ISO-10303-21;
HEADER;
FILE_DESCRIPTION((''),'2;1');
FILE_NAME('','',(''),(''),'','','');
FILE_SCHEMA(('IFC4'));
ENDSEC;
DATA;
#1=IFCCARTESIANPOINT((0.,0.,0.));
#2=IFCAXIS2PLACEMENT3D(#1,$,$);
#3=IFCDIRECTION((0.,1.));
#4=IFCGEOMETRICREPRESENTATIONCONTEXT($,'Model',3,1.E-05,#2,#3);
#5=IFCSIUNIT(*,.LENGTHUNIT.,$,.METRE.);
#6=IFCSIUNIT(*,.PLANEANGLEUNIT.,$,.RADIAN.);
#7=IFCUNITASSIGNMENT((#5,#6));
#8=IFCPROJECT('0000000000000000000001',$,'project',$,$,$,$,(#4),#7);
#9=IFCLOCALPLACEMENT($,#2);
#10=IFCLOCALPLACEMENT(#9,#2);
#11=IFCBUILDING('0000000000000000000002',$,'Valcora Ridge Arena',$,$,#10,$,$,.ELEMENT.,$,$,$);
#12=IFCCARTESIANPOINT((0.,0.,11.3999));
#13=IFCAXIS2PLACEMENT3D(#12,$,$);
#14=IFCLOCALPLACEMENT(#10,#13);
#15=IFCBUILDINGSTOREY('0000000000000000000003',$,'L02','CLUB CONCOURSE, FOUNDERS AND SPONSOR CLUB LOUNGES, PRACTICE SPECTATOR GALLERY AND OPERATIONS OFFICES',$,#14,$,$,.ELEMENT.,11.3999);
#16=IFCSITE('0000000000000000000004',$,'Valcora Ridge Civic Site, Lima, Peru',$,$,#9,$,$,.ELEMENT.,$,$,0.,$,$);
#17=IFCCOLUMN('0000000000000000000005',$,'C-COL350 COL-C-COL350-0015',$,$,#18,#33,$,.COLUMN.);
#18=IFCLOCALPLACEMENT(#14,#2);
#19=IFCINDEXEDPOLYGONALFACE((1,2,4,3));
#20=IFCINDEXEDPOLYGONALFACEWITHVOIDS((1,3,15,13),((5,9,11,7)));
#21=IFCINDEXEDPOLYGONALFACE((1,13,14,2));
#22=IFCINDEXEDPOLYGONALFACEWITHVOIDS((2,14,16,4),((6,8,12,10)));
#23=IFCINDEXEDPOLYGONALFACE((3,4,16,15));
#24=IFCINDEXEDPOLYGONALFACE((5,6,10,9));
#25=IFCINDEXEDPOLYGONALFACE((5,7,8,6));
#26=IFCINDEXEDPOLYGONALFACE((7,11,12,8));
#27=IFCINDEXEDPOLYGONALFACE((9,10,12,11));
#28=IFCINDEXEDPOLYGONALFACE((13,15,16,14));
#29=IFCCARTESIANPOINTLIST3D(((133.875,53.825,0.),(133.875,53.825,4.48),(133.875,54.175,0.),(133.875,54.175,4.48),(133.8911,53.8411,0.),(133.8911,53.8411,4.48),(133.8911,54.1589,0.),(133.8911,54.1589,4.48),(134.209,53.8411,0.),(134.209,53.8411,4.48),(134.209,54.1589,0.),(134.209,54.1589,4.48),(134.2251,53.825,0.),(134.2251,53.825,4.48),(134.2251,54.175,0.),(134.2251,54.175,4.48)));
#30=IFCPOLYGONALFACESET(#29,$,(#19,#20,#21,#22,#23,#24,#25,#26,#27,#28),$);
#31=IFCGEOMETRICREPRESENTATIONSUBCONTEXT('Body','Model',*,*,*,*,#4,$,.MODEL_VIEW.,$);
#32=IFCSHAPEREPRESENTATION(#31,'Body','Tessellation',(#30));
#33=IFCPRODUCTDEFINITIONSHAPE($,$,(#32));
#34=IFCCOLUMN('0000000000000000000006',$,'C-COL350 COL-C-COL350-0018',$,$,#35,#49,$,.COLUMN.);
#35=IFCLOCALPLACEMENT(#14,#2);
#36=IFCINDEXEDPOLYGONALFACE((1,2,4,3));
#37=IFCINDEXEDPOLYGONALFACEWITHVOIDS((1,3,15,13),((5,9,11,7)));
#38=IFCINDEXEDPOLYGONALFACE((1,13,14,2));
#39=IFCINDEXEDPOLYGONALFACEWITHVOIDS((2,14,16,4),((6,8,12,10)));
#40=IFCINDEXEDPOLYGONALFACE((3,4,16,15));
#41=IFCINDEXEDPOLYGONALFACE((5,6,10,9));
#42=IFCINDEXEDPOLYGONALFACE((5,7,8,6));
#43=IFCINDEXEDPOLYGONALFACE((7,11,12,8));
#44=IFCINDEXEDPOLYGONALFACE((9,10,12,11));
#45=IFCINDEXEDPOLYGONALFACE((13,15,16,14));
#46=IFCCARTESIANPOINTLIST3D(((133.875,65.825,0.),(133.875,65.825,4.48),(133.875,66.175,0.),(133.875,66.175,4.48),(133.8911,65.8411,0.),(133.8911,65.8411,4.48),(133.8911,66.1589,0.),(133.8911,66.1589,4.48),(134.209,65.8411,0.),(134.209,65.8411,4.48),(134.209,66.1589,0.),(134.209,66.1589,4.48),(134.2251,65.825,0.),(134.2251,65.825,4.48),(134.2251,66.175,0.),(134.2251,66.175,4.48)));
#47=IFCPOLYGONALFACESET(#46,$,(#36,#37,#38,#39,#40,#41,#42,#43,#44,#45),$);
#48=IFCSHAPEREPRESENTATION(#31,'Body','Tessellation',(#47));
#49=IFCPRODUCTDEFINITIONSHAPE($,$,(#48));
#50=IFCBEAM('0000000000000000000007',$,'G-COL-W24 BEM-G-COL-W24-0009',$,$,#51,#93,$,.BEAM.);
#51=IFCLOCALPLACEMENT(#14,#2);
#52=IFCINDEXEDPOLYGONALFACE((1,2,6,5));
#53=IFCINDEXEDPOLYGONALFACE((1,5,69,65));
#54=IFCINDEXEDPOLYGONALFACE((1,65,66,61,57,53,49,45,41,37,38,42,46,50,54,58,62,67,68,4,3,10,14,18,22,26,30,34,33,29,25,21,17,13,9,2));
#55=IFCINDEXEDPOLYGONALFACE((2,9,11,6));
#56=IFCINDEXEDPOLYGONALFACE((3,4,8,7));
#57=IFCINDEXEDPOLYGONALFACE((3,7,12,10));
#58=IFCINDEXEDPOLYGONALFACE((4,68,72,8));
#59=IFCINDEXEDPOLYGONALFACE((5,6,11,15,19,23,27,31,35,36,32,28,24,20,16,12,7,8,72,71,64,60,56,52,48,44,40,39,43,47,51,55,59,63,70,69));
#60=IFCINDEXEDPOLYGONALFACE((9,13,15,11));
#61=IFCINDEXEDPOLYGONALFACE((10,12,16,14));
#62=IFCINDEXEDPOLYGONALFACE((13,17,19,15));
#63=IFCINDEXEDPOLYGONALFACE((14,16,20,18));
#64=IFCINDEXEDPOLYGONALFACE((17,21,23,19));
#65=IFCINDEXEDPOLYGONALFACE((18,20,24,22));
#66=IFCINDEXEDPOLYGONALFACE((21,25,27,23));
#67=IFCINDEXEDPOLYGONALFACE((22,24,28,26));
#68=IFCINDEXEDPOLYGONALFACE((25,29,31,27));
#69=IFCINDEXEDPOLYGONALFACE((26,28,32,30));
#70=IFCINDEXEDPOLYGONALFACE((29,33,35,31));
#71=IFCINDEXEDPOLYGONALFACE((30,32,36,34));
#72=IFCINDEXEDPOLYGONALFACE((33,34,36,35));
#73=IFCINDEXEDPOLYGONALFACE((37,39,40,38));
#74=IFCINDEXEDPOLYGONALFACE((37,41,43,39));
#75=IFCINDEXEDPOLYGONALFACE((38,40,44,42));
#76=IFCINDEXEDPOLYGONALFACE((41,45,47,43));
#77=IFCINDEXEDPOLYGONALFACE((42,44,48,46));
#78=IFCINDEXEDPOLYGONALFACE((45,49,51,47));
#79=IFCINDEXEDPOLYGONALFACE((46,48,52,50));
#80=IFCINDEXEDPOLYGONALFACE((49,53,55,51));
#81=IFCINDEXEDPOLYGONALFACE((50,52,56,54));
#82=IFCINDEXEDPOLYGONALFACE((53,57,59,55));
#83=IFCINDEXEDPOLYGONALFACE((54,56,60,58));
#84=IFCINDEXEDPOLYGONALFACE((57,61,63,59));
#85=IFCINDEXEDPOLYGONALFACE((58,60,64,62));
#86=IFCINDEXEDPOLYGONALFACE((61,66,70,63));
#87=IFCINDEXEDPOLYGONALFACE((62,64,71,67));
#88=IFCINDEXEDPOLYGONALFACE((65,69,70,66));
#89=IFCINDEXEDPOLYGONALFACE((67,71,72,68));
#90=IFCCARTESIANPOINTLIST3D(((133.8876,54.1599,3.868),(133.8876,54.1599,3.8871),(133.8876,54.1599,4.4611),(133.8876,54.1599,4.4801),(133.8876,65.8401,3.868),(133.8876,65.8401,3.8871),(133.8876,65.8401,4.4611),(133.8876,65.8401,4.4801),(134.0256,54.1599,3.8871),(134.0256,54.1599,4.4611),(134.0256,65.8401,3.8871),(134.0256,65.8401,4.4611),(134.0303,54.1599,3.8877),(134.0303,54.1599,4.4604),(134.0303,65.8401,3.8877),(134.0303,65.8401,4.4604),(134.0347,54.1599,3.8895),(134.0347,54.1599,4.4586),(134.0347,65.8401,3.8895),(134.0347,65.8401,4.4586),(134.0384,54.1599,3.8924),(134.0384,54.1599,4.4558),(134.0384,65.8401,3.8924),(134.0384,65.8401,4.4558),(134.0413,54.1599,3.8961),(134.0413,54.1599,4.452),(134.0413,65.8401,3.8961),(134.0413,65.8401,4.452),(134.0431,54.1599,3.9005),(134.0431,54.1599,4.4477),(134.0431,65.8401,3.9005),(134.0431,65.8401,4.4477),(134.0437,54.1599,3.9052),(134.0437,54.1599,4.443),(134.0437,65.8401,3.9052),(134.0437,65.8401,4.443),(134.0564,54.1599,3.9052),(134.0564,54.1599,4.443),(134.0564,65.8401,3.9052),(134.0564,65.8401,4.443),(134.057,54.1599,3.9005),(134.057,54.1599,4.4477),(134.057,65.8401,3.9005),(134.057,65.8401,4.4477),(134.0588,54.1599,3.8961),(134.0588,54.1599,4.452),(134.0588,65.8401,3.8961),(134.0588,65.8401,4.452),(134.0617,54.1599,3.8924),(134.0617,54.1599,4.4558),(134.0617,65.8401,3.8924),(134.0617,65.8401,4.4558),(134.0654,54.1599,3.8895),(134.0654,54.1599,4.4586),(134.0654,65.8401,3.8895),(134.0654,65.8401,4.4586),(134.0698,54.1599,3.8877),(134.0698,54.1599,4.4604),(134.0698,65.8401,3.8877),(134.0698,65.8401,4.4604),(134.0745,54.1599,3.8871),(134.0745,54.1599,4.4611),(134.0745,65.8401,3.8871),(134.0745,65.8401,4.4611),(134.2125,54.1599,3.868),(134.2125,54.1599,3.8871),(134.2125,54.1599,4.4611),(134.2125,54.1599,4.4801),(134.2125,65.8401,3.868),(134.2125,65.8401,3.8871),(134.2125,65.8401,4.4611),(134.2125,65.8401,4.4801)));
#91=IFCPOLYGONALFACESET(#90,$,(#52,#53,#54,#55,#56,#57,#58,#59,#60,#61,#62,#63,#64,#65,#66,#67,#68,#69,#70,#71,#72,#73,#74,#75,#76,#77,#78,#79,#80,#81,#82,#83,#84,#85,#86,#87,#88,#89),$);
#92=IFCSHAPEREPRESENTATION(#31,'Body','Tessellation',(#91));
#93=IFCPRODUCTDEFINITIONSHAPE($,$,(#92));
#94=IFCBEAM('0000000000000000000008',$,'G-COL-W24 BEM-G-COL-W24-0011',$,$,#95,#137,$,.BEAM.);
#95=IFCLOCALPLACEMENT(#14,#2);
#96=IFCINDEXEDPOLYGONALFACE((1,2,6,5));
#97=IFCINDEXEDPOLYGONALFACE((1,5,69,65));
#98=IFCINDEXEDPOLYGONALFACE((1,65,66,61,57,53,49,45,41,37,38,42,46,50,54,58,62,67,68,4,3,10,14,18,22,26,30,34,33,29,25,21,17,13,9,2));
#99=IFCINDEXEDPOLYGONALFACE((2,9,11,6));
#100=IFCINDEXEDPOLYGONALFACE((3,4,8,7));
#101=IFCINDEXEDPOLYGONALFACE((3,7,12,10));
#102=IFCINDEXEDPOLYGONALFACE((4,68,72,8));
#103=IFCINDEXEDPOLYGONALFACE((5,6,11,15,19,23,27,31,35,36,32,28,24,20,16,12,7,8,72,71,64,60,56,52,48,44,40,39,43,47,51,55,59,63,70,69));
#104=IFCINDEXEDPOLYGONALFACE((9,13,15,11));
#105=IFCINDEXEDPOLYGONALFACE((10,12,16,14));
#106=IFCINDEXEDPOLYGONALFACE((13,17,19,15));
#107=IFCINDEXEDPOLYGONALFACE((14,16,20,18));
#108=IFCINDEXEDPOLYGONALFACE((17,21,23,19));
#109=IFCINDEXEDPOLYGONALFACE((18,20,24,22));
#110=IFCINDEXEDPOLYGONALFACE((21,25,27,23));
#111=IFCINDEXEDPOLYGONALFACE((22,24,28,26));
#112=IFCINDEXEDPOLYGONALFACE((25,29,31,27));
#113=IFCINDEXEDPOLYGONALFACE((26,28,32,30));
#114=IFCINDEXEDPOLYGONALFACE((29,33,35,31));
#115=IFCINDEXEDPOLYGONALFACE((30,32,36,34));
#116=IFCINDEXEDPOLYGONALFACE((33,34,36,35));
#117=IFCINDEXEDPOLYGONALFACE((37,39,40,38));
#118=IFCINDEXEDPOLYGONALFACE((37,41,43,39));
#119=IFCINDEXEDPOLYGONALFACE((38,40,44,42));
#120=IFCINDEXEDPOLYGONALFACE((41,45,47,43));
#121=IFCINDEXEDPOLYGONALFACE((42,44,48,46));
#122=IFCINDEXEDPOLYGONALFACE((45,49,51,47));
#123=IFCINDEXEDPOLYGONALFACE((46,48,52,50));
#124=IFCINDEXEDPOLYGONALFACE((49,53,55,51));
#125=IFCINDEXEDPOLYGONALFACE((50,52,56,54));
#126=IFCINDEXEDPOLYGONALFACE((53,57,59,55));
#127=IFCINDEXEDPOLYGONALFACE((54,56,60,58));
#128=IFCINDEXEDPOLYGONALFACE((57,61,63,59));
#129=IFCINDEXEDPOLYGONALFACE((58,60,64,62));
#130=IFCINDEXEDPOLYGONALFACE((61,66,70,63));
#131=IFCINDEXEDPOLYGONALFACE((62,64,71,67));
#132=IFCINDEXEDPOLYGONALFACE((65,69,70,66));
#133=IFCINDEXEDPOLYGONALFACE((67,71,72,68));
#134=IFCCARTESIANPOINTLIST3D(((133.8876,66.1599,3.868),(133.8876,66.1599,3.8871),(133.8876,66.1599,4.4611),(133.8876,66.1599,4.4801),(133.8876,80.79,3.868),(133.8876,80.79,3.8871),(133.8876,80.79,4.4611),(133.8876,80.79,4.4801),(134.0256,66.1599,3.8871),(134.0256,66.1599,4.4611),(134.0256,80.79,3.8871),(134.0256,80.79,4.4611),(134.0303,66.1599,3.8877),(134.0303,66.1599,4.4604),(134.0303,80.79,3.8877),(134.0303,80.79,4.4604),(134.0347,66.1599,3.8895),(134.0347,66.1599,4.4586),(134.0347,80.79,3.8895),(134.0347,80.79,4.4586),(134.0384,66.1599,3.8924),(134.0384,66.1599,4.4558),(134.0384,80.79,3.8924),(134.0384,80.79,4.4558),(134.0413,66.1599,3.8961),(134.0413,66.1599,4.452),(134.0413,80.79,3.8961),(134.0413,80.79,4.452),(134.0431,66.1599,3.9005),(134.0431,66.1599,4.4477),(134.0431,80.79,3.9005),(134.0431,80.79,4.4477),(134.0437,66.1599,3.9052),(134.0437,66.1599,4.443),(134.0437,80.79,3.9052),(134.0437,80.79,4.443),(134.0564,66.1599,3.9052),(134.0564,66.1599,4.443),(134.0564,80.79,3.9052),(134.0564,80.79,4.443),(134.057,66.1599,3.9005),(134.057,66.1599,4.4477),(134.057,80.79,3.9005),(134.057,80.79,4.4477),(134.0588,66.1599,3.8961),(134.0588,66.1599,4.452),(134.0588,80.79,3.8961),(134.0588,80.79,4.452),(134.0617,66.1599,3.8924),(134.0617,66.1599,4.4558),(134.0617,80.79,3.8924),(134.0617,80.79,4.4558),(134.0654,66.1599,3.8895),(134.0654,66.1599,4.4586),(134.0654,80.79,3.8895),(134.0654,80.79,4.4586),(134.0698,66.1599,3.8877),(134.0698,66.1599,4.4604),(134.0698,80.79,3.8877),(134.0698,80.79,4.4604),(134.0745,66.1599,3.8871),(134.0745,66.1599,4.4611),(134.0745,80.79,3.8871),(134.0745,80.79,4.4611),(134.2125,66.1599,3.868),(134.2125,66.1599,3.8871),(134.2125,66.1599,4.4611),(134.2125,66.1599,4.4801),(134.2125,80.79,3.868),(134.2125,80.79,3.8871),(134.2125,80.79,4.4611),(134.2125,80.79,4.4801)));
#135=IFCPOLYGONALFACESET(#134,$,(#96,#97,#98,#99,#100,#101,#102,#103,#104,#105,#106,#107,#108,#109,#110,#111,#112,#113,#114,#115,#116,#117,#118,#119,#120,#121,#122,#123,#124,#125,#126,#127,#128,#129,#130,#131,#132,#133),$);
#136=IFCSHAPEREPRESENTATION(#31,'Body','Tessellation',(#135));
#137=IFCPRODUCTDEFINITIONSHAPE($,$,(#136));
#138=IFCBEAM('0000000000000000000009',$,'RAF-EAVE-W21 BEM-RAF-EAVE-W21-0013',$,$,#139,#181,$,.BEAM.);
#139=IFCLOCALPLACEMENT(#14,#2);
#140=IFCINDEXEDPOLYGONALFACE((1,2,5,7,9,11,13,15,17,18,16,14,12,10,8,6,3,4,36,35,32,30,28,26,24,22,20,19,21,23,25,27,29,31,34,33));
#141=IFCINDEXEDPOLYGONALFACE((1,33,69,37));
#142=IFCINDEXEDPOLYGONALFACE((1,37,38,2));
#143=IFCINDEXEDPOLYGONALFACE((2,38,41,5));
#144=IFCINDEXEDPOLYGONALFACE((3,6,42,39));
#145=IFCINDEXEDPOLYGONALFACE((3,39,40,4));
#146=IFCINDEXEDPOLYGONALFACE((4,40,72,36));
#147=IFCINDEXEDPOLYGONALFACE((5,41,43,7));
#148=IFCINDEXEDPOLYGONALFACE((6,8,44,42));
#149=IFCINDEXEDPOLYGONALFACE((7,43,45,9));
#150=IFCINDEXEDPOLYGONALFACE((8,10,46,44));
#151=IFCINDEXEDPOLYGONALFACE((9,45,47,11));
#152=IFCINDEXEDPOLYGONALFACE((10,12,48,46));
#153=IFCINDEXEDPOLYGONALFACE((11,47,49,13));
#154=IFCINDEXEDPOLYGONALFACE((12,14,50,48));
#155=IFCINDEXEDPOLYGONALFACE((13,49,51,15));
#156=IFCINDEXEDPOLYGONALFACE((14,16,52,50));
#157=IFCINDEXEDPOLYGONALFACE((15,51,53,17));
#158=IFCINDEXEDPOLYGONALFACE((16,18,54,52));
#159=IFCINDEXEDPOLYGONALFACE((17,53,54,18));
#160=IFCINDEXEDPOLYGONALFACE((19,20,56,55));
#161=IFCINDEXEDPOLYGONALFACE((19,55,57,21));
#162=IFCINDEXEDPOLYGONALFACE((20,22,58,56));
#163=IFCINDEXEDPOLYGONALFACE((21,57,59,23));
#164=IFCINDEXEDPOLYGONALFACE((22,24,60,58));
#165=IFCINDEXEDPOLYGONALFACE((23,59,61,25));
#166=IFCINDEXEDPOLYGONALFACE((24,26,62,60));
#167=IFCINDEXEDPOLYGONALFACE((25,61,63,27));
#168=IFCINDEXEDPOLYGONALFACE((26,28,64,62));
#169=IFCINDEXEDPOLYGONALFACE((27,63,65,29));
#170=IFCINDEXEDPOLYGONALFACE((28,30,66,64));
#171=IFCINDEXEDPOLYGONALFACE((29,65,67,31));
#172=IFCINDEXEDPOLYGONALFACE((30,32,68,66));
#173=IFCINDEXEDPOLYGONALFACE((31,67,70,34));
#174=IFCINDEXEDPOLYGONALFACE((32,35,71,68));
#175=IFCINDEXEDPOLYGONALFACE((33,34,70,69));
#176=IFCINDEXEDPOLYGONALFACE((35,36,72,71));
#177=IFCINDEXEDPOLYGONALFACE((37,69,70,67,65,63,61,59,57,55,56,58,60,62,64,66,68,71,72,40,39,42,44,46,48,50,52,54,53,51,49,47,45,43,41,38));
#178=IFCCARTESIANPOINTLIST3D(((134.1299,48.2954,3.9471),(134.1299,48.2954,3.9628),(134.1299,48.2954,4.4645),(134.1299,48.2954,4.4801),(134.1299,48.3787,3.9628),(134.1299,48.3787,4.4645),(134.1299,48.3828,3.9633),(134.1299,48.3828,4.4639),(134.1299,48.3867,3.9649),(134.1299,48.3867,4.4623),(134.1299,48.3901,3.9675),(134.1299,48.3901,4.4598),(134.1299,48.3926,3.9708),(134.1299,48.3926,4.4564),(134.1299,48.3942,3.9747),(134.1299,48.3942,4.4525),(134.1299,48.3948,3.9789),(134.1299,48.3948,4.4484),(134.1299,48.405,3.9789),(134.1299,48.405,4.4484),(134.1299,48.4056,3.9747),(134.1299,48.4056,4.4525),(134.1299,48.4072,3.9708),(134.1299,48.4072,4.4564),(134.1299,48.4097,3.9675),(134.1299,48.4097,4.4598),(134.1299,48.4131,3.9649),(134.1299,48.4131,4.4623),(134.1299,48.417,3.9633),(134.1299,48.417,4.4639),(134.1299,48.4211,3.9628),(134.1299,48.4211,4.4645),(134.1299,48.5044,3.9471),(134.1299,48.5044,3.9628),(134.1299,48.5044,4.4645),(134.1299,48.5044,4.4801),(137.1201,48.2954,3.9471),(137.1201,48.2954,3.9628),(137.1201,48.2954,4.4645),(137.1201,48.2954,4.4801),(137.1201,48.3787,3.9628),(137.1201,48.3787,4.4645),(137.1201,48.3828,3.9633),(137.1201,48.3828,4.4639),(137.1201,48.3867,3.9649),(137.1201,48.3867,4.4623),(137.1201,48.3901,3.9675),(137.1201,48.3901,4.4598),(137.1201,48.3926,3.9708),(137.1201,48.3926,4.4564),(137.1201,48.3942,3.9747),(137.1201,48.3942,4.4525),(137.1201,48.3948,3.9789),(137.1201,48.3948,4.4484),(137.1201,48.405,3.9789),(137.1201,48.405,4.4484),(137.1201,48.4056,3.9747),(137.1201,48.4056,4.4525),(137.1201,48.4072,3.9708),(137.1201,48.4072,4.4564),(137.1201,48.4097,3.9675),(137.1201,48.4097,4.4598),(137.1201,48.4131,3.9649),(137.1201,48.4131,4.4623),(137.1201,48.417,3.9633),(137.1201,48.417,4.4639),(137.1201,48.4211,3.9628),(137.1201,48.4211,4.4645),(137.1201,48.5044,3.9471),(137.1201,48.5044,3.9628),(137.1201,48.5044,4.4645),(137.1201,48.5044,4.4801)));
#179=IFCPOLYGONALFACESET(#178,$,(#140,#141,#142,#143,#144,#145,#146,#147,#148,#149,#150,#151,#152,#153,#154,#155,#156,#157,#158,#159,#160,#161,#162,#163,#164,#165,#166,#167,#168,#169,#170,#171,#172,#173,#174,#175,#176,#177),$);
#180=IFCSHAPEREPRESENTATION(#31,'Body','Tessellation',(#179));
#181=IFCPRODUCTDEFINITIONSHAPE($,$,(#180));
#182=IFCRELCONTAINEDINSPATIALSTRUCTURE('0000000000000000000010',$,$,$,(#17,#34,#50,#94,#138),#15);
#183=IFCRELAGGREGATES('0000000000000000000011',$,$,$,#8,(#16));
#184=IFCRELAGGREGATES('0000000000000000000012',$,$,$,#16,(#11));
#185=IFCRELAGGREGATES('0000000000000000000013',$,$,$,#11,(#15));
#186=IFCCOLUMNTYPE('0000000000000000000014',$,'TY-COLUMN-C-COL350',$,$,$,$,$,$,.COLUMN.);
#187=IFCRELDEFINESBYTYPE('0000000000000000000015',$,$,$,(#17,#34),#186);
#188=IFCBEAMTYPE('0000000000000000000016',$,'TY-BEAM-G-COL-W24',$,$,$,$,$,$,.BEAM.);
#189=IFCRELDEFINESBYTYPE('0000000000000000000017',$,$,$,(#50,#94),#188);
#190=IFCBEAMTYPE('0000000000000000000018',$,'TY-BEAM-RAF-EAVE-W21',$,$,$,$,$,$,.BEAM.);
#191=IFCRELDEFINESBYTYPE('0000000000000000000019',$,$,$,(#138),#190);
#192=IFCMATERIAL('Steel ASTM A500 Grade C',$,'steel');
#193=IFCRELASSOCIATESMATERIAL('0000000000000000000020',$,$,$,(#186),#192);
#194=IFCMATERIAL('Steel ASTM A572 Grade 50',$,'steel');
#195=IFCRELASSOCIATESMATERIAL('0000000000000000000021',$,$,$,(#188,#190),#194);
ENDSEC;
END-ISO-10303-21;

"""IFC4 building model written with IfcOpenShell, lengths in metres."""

from ifc_helpers import new_model, si_unit, direction, frame, origin, origin_2d, place, context, subcontext, project, spatial, hollow_rectangle, i_section, extrude, material, material_profile, profile_set, type_object, element, save


model = new_model("IFC4")

# Units and contexts
model_context = context("Model", 3, precision=1e-05, world=origin(), true_north=direction((0.0, 1.0)))
body_context = subcontext(model_context, "Body", "Model", "MODEL_VIEW")
ifc_project = project(units=[si_unit("LENGTHUNIT", "METRE"), si_unit("PLANEANGLEUNIT", "RADIAN")], contexts=[model_context])

# Site, building, storey
site_placement = place(None, origin())
site = spatial("IfcSite", under=ifc_project, at=site_placement, Name="Valcora Ridge Civic Site, Lima, Peru", CompositionType="ELEMENT", RefElevation=0.0)
building_placement = place(site_placement, origin())
building = spatial("IfcBuilding", under=site, at=building_placement, Name="Valcora Ridge Arena", CompositionType="ELEMENT")
storey_placement = place(building_placement, frame((0.0, 0.0, 11.3999)))
storey = spatial("IfcBuildingStorey", under=building, at=storey_placement, Name="L02", Description="CLUB CONCOURSE, FOUNDERS AND SPONSOR CLUB LOUNGES, PRACTICE SPECTATOR GALLERY AND OPERATIONS OFFICES", CompositionType="ELEMENT", Elevation=11.3999)

# Columns
ifc_material_1 = material(Name="Steel ASTM A500 Grade C", Category="steel")
ifc_material_profile_1 = material_profile(ifc_material_1, hollow_rectangle(XDim=0.3501, YDim=0.3501, WallThickness=0.0161, at=origin_2d()), Name="HSS350X350X16")
ifc_profile_set_1 = profile_set([ifc_material_profile_1], Name="Steel ASTM A500 Grade C")
column_type = type_object("IfcColumnType", Name="TY-COLUMN-C-COL350", PredefinedType="COLUMN", material=ifc_profile_set_1)
for number, where, z_axis, x_axis, name in (
    (1, (134.05, 54.0, 0.0), (0.0, 0.0, 1.0), (1.0, 0.0, 0.0), "C-COL350 COL-C-COL350-0015"),
    (2, (134.05, 66.0, 0.0), (0.0, 0.0, 1.0), (1.0, 0.0, 0.0), "C-COL350 COL-C-COL350-0018"),
):
    element("IfcColumn", number, at=place(storey_placement, frame(where, z_axis=z_axis, x_axis=x_axis)), inside=storey, type_object=column_type, Name=name, PredefinedType="COLUMN", context=body_context, shape_type="SweptSolid", body=[
        extrude(hollow_rectangle(XDim=0.3501, YDim=0.3501, WallThickness=0.0161, at=origin_2d()), origin(), (0.0, 0.0, 1.0), 4.48),
    ])

# Beams
ifc_material_2 = material(Name="Steel ASTM A572 Grade 50", Category="steel")
ifc_material_profile_2 = material_profile(ifc_material_2, i_section(OverallWidth=0.325, OverallDepth=0.6121, WebThickness=0.0127, FlangeThickness=0.019, FilletRadius=0.0181, at=origin_2d()), Name="W24X104")
ifc_profile_set_2 = profile_set([ifc_material_profile_2], Name="Steel ASTM A572 Grade 50")
beam_type_1 = type_object("IfcBeamType", Name="TY-BEAM-G-COL-W24", PredefinedType="BEAM", material=ifc_profile_set_2)
beam_1_placement = place(storey_placement, frame((134.05, 54.1599, 4.1741), z_axis=(0.0, 1.0, 0.0), x_axis=(-1.0, 0.0, 0.0)))
element("IfcBeam", 3, at=beam_1_placement, inside=storey, type_object=beam_type_1, Name="G-COL-W24 BEM-G-COL-W24-0009", PredefinedType="BEAM", context=body_context, shape_type="SweptSolid", body=[
    extrude(i_section(OverallWidth=0.325, OverallDepth=0.6121, WebThickness=0.0127, FlangeThickness=0.019, FilletRadius=0.0181, at=origin_2d()), origin(), (0.0, 0.0, 1.0), 11.6802),
])
beam_2_placement = place(storey_placement, frame((134.05, 66.1599, 4.1741), z_axis=(0.0, 1.0, 0.0), x_axis=(-1.0, 0.0, 0.0)))
element("IfcBeam", 4, at=beam_2_placement, inside=storey, type_object=beam_type_1, Name="G-COL-W24 BEM-G-COL-W24-0011", PredefinedType="BEAM", context=body_context, shape_type="SweptSolid", body=[
    extrude(i_section(OverallWidth=0.325, OverallDepth=0.6121, WebThickness=0.0127, FlangeThickness=0.019, FilletRadius=0.0181, at=origin_2d()), origin(), (0.0, 0.0, 1.0), 14.6301),
])
ifc_material_profile_3 = material_profile(ifc_material_2, i_section(OverallWidth=0.209, OverallDepth=0.533, WebThickness=0.0103, FlangeThickness=0.0156, FilletRadius=0.0161, at=origin_2d()), Name="W21X62")
ifc_profile_set_3 = profile_set([ifc_material_profile_3], Name="Steel ASTM A572 Grade 50")
beam_type_2 = type_object("IfcBeamType", Name="TY-BEAM-RAF-EAVE-W21", PredefinedType="BEAM", material=ifc_profile_set_3)
for number, where, z_axis, x_axis, name in (
    (5, (134.1299, 48.3999, 4.2136), (1.0, 0.0, 0.0), (0.0, 1.0, 0.0), "RAF-EAVE-W21 BEM-RAF-EAVE-W21-0013"),
):
    element("IfcBeam", number, at=place(storey_placement, frame(where, z_axis=z_axis, x_axis=x_axis)), inside=storey, type_object=beam_type_2, Name=name, PredefinedType="BEAM", context=body_context, shape_type="SweptSolid", body=[
        extrude(i_section(OverallWidth=0.209, OverallDepth=0.533, WebThickness=0.0103, FlangeThickness=0.0156, FilletRadius=0.0161, at=origin_2d()), origin(), (0.0, 0.0, 1.0), 2.9902),
    ])

save(model, "model.ifc")
